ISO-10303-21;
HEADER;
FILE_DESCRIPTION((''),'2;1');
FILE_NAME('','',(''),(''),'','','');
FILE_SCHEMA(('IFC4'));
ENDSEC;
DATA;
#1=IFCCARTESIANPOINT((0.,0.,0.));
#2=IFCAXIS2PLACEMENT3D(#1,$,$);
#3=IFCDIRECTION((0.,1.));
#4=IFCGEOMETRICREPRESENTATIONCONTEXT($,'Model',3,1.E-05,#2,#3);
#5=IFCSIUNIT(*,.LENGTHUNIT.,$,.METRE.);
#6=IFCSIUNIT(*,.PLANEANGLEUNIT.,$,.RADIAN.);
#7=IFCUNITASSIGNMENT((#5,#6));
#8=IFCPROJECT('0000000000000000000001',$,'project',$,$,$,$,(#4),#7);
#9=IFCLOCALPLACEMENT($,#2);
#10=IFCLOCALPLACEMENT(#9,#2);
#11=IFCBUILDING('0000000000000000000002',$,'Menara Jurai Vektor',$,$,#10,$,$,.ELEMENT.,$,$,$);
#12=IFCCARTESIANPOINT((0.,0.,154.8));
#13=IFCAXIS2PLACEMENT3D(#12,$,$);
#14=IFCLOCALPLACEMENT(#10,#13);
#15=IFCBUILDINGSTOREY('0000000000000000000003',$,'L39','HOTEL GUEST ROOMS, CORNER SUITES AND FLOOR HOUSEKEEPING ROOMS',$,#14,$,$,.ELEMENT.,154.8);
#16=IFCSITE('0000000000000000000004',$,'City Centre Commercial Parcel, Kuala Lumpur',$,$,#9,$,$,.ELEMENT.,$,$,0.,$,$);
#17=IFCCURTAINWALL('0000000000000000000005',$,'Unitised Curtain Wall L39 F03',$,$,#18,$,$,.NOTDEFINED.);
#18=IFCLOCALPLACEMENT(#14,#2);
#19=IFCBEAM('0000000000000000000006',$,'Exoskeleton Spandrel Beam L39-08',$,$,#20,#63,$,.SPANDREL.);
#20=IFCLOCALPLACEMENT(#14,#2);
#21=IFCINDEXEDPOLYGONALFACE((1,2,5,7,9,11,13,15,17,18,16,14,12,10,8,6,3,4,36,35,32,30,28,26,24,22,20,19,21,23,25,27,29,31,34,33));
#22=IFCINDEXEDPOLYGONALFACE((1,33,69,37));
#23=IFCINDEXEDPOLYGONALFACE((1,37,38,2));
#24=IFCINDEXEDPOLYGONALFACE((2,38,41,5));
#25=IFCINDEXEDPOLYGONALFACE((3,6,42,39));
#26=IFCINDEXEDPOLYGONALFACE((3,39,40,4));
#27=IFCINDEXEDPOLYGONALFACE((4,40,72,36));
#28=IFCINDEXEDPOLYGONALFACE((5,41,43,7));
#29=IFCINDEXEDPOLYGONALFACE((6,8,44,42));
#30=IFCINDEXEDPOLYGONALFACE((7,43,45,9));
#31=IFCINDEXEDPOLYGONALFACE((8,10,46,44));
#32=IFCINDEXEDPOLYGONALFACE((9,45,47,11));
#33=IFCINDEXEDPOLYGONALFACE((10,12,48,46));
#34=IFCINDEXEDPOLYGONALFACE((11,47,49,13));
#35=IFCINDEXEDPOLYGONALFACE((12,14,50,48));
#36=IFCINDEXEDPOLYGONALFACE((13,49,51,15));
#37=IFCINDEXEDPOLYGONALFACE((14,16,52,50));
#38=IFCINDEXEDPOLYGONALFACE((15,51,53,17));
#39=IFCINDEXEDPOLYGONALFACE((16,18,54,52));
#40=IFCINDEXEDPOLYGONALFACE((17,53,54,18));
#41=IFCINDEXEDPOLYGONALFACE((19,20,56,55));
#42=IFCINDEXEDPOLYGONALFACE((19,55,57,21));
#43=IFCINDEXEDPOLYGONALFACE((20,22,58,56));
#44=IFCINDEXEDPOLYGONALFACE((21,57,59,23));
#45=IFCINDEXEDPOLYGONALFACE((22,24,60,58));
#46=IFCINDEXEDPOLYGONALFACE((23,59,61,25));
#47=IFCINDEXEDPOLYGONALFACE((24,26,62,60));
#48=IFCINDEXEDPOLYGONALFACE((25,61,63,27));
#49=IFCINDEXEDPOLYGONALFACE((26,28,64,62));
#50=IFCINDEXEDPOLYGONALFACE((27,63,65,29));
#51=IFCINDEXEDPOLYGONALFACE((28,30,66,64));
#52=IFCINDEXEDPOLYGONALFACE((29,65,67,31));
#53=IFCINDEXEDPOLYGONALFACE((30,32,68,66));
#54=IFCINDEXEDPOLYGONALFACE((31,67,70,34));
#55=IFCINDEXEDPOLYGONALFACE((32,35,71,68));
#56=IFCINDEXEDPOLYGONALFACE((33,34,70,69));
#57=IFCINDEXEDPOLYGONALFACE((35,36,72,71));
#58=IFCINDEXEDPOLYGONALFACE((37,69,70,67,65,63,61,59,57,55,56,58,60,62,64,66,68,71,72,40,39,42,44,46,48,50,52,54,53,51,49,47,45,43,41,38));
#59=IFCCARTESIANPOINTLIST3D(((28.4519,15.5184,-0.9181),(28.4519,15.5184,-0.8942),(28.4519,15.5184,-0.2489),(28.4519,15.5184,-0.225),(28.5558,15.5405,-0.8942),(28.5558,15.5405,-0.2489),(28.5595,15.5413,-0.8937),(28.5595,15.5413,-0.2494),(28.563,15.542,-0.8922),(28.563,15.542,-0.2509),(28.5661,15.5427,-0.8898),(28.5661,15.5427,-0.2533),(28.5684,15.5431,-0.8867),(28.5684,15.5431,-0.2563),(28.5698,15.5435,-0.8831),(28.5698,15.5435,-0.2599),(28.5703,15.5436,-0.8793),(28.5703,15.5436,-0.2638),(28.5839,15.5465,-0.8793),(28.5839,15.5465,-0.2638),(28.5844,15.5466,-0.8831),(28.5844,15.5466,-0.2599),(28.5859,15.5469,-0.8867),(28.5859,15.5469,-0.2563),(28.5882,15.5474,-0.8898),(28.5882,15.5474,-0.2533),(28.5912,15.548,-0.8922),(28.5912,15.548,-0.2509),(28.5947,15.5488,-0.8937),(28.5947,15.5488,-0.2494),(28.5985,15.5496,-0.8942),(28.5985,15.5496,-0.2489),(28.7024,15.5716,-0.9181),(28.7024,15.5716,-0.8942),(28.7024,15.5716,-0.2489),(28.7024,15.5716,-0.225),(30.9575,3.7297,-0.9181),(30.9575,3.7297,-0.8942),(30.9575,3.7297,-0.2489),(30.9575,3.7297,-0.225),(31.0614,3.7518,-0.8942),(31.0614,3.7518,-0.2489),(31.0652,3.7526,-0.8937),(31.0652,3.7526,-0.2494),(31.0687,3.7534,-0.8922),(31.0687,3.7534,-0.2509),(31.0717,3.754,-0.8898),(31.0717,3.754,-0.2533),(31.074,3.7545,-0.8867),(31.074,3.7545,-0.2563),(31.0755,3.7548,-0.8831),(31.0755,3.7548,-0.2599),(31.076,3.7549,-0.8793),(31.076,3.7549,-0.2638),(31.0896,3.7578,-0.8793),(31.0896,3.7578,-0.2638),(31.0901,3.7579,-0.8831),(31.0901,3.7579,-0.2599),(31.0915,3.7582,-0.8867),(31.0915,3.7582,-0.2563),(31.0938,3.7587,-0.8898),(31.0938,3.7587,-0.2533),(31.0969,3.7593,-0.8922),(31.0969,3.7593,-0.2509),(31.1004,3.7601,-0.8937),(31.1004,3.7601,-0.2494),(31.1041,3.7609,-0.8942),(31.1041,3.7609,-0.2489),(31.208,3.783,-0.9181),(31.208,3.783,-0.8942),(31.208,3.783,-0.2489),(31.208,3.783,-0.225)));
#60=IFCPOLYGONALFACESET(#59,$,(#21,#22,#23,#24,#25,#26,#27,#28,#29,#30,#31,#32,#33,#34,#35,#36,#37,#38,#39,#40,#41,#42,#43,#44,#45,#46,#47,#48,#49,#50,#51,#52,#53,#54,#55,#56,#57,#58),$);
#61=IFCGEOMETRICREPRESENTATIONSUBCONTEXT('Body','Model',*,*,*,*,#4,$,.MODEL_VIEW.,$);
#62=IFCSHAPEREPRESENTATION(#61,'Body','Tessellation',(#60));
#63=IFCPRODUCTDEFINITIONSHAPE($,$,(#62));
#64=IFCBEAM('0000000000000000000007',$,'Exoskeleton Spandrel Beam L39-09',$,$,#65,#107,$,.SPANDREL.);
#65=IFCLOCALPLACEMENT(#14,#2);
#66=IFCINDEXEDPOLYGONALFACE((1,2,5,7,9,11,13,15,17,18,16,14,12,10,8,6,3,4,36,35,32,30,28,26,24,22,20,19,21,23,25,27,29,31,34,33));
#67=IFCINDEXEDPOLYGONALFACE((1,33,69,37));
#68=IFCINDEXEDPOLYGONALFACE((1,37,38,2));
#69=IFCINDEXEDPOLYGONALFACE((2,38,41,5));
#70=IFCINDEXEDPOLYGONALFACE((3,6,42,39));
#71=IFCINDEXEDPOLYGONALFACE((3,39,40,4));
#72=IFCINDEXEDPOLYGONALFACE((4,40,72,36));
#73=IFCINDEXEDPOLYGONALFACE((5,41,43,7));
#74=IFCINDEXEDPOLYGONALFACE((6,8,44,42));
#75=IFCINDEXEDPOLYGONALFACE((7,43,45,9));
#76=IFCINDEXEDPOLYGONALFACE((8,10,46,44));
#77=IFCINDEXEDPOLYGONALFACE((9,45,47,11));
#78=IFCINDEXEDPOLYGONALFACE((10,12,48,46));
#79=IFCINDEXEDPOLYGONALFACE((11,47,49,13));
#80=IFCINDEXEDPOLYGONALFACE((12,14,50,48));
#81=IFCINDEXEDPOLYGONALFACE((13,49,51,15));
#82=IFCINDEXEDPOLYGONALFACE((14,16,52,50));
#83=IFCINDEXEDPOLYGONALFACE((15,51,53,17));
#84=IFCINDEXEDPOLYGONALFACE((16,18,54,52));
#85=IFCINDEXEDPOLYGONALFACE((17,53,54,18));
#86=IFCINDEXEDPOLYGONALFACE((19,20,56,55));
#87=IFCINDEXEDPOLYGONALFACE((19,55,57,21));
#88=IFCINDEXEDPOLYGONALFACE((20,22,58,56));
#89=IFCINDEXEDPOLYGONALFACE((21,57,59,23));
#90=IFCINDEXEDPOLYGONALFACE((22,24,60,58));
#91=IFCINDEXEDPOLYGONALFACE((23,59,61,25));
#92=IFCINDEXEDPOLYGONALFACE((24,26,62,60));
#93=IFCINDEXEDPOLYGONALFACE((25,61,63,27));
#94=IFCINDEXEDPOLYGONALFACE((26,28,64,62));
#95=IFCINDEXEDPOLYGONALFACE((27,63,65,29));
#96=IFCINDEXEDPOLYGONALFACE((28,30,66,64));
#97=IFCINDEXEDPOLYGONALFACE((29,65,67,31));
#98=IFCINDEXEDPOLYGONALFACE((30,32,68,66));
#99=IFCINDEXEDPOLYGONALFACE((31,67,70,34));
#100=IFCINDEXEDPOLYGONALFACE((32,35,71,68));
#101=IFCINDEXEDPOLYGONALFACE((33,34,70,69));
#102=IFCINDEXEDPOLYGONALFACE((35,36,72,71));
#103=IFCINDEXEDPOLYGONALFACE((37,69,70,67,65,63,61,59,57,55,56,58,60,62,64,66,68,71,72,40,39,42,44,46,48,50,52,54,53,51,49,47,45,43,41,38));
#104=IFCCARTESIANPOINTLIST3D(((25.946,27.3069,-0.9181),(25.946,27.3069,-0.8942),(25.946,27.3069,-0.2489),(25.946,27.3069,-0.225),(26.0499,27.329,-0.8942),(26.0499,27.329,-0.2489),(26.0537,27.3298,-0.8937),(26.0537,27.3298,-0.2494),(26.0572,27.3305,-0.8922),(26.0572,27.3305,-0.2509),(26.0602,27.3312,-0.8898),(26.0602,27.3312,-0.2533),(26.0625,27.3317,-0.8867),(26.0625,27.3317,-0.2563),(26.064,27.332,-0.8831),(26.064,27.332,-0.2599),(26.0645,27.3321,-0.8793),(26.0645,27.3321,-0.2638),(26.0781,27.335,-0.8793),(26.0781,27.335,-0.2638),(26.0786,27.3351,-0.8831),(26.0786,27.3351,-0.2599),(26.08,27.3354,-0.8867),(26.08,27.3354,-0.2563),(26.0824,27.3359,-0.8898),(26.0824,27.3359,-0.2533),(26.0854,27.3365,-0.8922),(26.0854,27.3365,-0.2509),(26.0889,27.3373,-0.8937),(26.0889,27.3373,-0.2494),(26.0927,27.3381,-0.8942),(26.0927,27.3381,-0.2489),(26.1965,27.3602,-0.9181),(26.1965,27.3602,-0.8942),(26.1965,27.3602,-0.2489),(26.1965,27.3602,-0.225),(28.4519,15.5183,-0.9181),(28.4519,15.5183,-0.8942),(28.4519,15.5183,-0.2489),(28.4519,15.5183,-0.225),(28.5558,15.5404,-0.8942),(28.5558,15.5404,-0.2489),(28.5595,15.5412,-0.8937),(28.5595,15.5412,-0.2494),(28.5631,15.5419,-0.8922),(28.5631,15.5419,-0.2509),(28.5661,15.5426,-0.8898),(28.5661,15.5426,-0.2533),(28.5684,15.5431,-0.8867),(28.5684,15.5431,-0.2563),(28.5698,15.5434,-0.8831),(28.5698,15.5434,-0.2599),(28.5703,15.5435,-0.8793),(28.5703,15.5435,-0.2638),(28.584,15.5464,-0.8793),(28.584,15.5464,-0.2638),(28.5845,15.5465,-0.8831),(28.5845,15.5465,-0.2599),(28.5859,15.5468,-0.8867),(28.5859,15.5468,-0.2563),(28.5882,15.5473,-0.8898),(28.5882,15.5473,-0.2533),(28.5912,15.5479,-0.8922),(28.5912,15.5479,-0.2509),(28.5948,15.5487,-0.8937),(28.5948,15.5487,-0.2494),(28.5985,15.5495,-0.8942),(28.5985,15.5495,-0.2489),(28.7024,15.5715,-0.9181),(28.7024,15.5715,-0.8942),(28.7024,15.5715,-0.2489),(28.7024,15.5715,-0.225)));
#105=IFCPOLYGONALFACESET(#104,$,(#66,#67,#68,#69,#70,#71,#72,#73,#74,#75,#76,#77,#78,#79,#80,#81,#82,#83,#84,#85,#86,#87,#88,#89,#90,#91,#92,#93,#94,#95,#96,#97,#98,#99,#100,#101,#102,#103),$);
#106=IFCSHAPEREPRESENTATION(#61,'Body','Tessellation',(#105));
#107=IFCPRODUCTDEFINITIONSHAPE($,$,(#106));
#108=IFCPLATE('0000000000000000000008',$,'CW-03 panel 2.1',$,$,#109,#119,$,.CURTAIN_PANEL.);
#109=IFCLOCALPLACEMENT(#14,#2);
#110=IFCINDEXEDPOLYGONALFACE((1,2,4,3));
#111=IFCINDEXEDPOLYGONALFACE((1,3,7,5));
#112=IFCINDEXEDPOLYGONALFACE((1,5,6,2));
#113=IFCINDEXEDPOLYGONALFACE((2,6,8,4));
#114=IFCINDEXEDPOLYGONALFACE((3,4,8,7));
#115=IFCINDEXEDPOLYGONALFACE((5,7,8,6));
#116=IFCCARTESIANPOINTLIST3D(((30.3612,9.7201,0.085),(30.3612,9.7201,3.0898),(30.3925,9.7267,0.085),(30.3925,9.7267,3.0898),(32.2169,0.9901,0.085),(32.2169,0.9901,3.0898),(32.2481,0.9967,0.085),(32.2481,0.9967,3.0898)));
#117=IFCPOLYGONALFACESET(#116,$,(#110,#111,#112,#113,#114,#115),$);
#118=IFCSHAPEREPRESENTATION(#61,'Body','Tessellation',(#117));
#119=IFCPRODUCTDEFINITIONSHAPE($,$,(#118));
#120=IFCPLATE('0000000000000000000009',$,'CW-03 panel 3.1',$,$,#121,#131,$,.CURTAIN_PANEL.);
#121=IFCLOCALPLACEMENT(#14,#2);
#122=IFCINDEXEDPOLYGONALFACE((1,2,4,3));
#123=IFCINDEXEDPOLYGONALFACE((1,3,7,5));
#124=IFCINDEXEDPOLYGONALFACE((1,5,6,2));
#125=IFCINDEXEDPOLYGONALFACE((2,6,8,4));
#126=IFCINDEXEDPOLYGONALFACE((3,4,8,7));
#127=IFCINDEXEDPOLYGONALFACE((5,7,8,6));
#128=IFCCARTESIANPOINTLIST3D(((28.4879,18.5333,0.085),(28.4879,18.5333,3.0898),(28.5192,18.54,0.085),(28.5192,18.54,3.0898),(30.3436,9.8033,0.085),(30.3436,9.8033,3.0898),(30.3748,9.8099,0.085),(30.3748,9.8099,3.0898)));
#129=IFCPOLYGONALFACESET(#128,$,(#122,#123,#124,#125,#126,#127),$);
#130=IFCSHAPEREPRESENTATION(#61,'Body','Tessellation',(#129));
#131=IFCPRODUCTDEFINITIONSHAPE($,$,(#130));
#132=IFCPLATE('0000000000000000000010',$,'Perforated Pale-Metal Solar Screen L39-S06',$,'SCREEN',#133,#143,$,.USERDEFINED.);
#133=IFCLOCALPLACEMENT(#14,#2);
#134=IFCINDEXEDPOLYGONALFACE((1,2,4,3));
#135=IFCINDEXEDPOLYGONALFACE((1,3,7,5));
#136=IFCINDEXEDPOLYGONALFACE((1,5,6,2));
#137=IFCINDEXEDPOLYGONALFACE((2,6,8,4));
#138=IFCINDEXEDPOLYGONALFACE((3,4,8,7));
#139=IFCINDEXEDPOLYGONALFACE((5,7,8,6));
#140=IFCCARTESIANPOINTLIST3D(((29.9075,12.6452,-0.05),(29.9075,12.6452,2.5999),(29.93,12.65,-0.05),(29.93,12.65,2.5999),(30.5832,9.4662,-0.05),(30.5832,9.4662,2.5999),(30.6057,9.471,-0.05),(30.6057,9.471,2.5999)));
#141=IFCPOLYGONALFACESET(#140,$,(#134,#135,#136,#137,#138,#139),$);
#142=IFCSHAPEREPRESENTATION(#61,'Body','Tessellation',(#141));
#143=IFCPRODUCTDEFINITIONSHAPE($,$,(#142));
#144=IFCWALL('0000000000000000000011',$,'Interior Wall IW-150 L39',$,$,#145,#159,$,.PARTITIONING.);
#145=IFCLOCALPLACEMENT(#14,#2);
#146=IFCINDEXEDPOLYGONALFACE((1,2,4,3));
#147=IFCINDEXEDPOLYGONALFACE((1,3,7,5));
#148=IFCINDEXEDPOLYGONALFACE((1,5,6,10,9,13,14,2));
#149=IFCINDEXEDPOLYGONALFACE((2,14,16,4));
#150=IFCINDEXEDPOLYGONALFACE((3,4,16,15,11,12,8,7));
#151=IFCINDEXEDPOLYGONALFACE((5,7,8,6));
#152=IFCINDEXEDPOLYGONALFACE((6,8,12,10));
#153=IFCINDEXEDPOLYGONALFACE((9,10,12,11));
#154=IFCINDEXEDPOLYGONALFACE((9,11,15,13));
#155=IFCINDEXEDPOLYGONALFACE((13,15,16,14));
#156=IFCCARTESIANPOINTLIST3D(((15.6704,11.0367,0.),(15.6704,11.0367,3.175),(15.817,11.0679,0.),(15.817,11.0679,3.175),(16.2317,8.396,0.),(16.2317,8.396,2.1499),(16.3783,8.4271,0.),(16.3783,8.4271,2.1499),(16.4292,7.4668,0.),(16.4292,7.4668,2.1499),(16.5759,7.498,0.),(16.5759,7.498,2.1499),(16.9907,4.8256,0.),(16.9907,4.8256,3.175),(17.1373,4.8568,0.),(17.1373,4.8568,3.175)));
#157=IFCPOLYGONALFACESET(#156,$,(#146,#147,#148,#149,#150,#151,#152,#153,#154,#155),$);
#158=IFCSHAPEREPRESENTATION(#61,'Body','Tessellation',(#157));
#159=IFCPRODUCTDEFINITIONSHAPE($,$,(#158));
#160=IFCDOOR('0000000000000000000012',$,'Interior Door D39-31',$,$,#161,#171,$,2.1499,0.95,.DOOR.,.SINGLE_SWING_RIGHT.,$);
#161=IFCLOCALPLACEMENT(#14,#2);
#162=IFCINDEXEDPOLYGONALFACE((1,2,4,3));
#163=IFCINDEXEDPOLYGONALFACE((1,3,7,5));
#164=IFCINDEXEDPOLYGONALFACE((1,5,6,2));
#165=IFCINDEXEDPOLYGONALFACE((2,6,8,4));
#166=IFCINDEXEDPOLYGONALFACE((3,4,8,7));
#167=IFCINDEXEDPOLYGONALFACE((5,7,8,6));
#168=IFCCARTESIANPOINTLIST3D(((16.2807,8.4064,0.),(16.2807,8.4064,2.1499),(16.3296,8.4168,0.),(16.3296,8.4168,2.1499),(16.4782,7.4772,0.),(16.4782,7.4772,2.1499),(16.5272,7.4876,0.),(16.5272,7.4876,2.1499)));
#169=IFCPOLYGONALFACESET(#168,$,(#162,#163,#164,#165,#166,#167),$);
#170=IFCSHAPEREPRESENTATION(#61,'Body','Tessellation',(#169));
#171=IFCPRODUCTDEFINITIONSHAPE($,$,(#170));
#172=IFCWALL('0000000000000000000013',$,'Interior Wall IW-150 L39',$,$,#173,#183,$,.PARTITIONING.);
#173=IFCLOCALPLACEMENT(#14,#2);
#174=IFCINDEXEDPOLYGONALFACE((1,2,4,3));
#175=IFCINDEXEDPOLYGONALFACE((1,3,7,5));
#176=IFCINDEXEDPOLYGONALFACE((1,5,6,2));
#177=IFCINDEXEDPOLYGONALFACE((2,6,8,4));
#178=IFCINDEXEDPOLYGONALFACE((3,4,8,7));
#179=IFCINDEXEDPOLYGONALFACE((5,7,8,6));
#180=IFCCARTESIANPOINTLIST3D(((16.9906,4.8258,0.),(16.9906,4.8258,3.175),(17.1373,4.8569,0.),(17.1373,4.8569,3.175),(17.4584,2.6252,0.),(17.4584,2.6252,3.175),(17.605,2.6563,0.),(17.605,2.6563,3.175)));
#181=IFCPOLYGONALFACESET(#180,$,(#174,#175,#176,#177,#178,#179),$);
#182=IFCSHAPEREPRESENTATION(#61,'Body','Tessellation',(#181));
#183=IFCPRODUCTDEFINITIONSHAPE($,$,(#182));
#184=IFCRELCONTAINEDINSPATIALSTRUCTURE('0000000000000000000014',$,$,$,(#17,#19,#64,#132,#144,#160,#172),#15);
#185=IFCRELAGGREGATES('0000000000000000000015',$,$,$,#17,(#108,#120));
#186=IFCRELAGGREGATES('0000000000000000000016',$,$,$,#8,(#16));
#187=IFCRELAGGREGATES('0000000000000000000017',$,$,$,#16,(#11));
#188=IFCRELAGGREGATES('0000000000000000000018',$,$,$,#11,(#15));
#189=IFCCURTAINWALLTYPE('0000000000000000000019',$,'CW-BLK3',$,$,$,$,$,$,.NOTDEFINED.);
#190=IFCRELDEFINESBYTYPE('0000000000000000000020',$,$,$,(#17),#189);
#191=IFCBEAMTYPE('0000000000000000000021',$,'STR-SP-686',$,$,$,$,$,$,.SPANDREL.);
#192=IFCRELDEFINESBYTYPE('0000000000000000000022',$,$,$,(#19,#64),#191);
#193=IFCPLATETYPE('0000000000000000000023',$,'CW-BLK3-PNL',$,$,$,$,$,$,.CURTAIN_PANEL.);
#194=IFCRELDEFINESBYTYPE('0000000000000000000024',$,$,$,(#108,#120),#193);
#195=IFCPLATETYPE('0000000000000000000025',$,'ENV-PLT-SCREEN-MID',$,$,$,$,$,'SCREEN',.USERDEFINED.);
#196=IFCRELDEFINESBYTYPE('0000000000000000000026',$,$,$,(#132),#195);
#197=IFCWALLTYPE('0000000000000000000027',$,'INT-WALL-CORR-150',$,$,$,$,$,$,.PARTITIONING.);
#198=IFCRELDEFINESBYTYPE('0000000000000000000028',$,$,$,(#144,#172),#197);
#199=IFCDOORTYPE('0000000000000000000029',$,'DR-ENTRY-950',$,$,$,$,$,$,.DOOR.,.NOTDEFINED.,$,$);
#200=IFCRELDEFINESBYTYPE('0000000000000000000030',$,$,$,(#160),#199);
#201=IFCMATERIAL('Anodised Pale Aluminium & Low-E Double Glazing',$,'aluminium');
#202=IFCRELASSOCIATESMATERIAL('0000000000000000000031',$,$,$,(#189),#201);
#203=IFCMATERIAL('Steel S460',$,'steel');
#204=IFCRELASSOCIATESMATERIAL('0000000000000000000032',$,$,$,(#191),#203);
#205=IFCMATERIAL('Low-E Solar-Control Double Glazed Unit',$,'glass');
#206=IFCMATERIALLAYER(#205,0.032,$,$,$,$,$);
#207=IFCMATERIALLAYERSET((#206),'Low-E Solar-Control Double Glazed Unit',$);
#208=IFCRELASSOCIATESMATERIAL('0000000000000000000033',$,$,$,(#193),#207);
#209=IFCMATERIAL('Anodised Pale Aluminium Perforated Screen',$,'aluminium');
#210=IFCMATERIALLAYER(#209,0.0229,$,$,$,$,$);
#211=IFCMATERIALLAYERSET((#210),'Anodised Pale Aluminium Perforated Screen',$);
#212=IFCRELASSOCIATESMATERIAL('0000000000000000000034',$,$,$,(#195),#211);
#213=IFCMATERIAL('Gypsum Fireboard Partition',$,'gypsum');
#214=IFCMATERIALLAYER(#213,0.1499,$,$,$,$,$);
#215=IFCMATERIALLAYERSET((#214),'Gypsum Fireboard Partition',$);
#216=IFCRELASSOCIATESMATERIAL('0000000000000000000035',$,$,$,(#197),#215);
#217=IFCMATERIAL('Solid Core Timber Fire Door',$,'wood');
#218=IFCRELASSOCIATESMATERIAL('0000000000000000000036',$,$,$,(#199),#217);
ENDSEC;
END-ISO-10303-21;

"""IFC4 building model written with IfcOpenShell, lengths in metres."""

from ifc_helpers import new_model, si_unit, direction, frame, frame_2d, origin, origin_2d, place, context, subcontext, project, spatial, rectangle, i_section, extrude, material, layer, layer_set, material_profile, profile_set, type_object, element, fill, aggregate, save


model = new_model("IFC4")

# Units and contexts
model_context = context("Model", 3, precision=1e-05, world=origin(), true_north=direction((0.0, 1.0)))
body_context = subcontext(model_context, "Body", "Model", "MODEL_VIEW")
ifc_project = project(units=[si_unit("LENGTHUNIT", "METRE"), si_unit("PLANEANGLEUNIT", "RADIAN")], contexts=[model_context])

# Site, building, storey
site_placement = place(None, origin())
site = spatial("IfcSite", under=ifc_project, at=site_placement, Name="City Centre Commercial Parcel, Kuala Lumpur", CompositionType="ELEMENT", RefElevation=0.0)
building_placement = place(site_placement, origin())
building = spatial("IfcBuilding", under=site, at=building_placement, Name="Menara Jurai Vektor", CompositionType="ELEMENT")
storey_placement = place(building_placement, frame((0.0, 0.0, 154.8)))
storey = spatial("IfcBuildingStorey", under=building, at=storey_placement, Name="L39", Description="HOTEL GUEST ROOMS, CORNER SUITES AND FLOOR HOUSEKEEPING ROOMS", CompositionType="ELEMENT", Elevation=154.8)

# Shared definitions
ifc_material_1 = material(Name="Steel S460", Category="steel")

# Curtain wall
ifc_material_2 = material(Name="Anodised Pale Aluminium & Low-E Double Glazing", Category="aluminium")
curtain_wall_type = type_object("IfcCurtainWallType", Name="CW-BLK3", PredefinedType="NOTDEFINED", material=ifc_material_2)
curtain_wall_placement = place(storey_placement, origin())
curtain_wall = element("IfcCurtainWall", 1, at=curtain_wall_placement, inside=storey, type_object=curtain_wall_type, Name="Unitised Curtain Wall L39 F03", PredefinedType="NOTDEFINED")

# Beams
ifc_material_profile_1 = material_profile(ifc_material_1, i_section(OverallWidth=0.2561, OverallDepth=0.6931, WebThickness=0.0139, FlangeThickness=0.0239, FilletRadius=0.0149, at=origin_2d()), Name="UKB 686x254x170")
ifc_profile_set_1 = profile_set([ifc_material_profile_1], Name="Steel S460")
beam_type_1 = type_object("IfcBeamType", Name="STR-SP-686", PredefinedType="SPANDREL", material=ifc_profile_set_1)
for number, where, z_axis, x_axis, name in (
    (2, (31.0828, 3.7563, -0.5715), (-0.207902, 0.97815, 0.0), (-0.97815, -0.207902, 0.0), "Exoskeleton Spandrel Beam L39-08"),
    (3, (28.5771, 15.5449, -0.5715), (-0.207921, 0.978146, 0.0), (-0.978146, -0.207921, 0.0), "Exoskeleton Spandrel Beam L39-09"),
):
    element("IfcBeam", number, at=place(storey_placement, frame(where, z_axis=z_axis, x_axis=x_axis)), inside=storey, type_object=beam_type_1, Name=name, PredefinedType="SPANDREL", context=body_context, shape_type="SweptSolid", body=[
        extrude(i_section(OverallWidth=0.2561, OverallDepth=0.6931, WebThickness=0.0139, FlangeThickness=0.0239, FilletRadius=0.0149, at=origin_2d()), origin(), (0.0, 0.0, 1.0), 12.052),
    ])

# Plates
ifc_material_3 = material(Name="Low-E Solar-Control Double Glazed Unit", Category="glass")
ifc_layer_1 = layer(ifc_material_3, 0.032)
ifc_layer_set_1 = layer_set([ifc_layer_1], Name="Low-E Solar-Control Double Glazed Unit")
plate_type_1 = type_object("IfcPlateType", Name="CW-BLK3-PNL", PredefinedType="CURTAIN_PANEL", material=ifc_layer_set_1)
plate_1_placement = place(storey_placement, frame((31.3047, 5.3584, 0.085), z_axis=(0.0, 0.0, 1.0), x_axis=(-0.20791, 0.978148, 0.0)))
plate_1 = element("IfcPlate", 4, at=plate_1_placement, type_object=plate_type_1, Name="CW-03 panel 2.1", PredefinedType="CURTAIN_PANEL", context=body_context, shape_type="SweptSolid", body=[
    extrude(rectangle(XDim=8.925, YDim=0.032, at=origin_2d()), origin(), (0.0, 0.0, 1.0), 3.0049),
])
plate_2_placement = place(storey_placement, frame((29.4314, 14.1716, 0.085), z_axis=(0.0, 0.0, 1.0), x_axis=(-0.20791, 0.978148, 0.0)))
plate_2 = element("IfcPlate", 5, at=plate_2_placement, type_object=plate_type_1, Name="CW-03 panel 3.1", PredefinedType="CURTAIN_PANEL", context=body_context, shape_type="SweptSolid", body=[
    extrude(rectangle(XDim=8.925, YDim=0.032, at=origin_2d()), origin(), (0.0, 0.0, 1.0), 3.0049),
])
aggregate(curtain_wall, [plate_1, plate_2])
ifc_material_4 = material(Name="Anodised Pale Aluminium Perforated Screen", Category="aluminium")
ifc_layer_2 = layer(ifc_material_4, 0.0229)
ifc_layer_set_2 = layer_set([ifc_layer_2], Name="Anodised Pale Aluminium Perforated Screen")
plate_type_2 = type_object("IfcPlateType", Name="ENV-PLT-SCREEN-MID", ElementType="SCREEN", PredefinedType="USERDEFINED", material=ifc_layer_set_2)
plate_3_placement = place(storey_placement, frame((30.2566, 11.0581, -0.05), z_axis=(0.0, 0.0, 1.0), x_axis=(-0.207912, 0.978148, 0.0)))
element("IfcPlate", 6, at=plate_3_placement, inside=storey, type_object=plate_type_2, Name="Perforated Pale-Metal Solar Screen L39-S06", ObjectType="SCREEN", PredefinedType="USERDEFINED", context=body_context, shape_type="SweptSolid", body=[
    extrude(rectangle(XDim=3.25, YDim=0.0229, at=origin_2d()), origin(), (0.0, 0.0, 1.0), 2.6499),
])

# Wall, opening, door
ifc_material_5 = material(Name="Gypsum Fireboard Partition", Category="gypsum")
ifc_layer_3 = layer(ifc_material_5, 0.1499)
ifc_layer_set_3 = layer_set([ifc_layer_3], Name="Gypsum Fireboard Partition")
wall_type = type_object("IfcWallType", Name="INT-WALL-CORR-150", PredefinedType="PARTITIONING", material=ifc_layer_set_3)
wall_1_placement = place(storey_placement, frame((17.064, 4.8413, 0.0), z_axis=(0.0, 0.0, 1.0), x_axis=(-0.207925, 0.978145, 0.0)))
wall_1 = element("IfcWall", 7, at=wall_1_placement, inside=storey, type_object=wall_type, Name="Interior Wall IW-150 L39", PredefinedType="PARTITIONING", context=body_context, shape_type="SweptSolid", body=[
    extrude(rectangle(XDim=6.3499, YDim=0.1499, at=frame_2d((3.1748, 0.0))), origin(), (0.0, 0.0, 1.0), 3.175),
])
opening_1_placement = place(wall_1_placement, frame((2.7, 0.0, 0.0)))
opening_1 = element("IfcOpeningElement", 8, at=opening_1_placement, cuts=wall_1, PredefinedType="OPENING", context=body_context, shape_type="SweptSolid", body=[
    extrude(rectangle(XDim=0.95, YDim=2.1499, at=frame_2d((0.4751, 1.075))), frame((0.0, 0.085, 0.0), z_axis=(0.0, -1.0, 0.0), x_axis=(1.0, 0.0, 0.0)), (0.0, 0.0, 1.0), 0.1699),
])
ifc_material_6 = material(Name="Solid Core Timber Fire Door", Category="wood")
door_type_1 = type_object("IfcDoorType", Name="DR-ENTRY-950", OperationType="NOTDEFINED", PredefinedType="DOOR", material=ifc_material_6)
door_1_placement = place(opening_1_placement, origin())
door_1 = element("IfcDoor", 9, at=door_1_placement, inside=storey, type_object=door_type_1, Name="Interior Door D39-31", OperationType="SINGLE_SWING_RIGHT", OverallHeight=2.1499, OverallWidth=0.95, PredefinedType="DOOR", context=body_context, shape_type="SweptSolid", body=[
    extrude(rectangle(XDim=0.95, YDim=2.1499, at=frame_2d((0.4751, 1.075))), frame((0.0, 0.0249, 0.0), z_axis=(0.0, -1.0, 0.0), x_axis=(1.0, 0.0, 0.0)), (0.0, 0.0, 1.0), 0.05),
])
fill(opening_1, door_1)

# Wall
wall_2_placement = place(storey_placement, frame((17.5317, 2.6406, 0.0), z_axis=(0.0, 0.0, 1.0), x_axis=(-0.207913, 0.978147, 0.0)))
element("IfcWall", 10, at=wall_2_placement, inside=storey, type_object=wall_type, Name="Interior Wall IW-150 L39", PredefinedType="PARTITIONING", context=body_context, shape_type="SweptSolid", body=[
    extrude(rectangle(XDim=2.2498, YDim=0.1499, at=frame_2d((1.125, 0.0))), origin(), (0.0, 0.0, 1.0), 3.175),
])

save(model, "model.ifc")
